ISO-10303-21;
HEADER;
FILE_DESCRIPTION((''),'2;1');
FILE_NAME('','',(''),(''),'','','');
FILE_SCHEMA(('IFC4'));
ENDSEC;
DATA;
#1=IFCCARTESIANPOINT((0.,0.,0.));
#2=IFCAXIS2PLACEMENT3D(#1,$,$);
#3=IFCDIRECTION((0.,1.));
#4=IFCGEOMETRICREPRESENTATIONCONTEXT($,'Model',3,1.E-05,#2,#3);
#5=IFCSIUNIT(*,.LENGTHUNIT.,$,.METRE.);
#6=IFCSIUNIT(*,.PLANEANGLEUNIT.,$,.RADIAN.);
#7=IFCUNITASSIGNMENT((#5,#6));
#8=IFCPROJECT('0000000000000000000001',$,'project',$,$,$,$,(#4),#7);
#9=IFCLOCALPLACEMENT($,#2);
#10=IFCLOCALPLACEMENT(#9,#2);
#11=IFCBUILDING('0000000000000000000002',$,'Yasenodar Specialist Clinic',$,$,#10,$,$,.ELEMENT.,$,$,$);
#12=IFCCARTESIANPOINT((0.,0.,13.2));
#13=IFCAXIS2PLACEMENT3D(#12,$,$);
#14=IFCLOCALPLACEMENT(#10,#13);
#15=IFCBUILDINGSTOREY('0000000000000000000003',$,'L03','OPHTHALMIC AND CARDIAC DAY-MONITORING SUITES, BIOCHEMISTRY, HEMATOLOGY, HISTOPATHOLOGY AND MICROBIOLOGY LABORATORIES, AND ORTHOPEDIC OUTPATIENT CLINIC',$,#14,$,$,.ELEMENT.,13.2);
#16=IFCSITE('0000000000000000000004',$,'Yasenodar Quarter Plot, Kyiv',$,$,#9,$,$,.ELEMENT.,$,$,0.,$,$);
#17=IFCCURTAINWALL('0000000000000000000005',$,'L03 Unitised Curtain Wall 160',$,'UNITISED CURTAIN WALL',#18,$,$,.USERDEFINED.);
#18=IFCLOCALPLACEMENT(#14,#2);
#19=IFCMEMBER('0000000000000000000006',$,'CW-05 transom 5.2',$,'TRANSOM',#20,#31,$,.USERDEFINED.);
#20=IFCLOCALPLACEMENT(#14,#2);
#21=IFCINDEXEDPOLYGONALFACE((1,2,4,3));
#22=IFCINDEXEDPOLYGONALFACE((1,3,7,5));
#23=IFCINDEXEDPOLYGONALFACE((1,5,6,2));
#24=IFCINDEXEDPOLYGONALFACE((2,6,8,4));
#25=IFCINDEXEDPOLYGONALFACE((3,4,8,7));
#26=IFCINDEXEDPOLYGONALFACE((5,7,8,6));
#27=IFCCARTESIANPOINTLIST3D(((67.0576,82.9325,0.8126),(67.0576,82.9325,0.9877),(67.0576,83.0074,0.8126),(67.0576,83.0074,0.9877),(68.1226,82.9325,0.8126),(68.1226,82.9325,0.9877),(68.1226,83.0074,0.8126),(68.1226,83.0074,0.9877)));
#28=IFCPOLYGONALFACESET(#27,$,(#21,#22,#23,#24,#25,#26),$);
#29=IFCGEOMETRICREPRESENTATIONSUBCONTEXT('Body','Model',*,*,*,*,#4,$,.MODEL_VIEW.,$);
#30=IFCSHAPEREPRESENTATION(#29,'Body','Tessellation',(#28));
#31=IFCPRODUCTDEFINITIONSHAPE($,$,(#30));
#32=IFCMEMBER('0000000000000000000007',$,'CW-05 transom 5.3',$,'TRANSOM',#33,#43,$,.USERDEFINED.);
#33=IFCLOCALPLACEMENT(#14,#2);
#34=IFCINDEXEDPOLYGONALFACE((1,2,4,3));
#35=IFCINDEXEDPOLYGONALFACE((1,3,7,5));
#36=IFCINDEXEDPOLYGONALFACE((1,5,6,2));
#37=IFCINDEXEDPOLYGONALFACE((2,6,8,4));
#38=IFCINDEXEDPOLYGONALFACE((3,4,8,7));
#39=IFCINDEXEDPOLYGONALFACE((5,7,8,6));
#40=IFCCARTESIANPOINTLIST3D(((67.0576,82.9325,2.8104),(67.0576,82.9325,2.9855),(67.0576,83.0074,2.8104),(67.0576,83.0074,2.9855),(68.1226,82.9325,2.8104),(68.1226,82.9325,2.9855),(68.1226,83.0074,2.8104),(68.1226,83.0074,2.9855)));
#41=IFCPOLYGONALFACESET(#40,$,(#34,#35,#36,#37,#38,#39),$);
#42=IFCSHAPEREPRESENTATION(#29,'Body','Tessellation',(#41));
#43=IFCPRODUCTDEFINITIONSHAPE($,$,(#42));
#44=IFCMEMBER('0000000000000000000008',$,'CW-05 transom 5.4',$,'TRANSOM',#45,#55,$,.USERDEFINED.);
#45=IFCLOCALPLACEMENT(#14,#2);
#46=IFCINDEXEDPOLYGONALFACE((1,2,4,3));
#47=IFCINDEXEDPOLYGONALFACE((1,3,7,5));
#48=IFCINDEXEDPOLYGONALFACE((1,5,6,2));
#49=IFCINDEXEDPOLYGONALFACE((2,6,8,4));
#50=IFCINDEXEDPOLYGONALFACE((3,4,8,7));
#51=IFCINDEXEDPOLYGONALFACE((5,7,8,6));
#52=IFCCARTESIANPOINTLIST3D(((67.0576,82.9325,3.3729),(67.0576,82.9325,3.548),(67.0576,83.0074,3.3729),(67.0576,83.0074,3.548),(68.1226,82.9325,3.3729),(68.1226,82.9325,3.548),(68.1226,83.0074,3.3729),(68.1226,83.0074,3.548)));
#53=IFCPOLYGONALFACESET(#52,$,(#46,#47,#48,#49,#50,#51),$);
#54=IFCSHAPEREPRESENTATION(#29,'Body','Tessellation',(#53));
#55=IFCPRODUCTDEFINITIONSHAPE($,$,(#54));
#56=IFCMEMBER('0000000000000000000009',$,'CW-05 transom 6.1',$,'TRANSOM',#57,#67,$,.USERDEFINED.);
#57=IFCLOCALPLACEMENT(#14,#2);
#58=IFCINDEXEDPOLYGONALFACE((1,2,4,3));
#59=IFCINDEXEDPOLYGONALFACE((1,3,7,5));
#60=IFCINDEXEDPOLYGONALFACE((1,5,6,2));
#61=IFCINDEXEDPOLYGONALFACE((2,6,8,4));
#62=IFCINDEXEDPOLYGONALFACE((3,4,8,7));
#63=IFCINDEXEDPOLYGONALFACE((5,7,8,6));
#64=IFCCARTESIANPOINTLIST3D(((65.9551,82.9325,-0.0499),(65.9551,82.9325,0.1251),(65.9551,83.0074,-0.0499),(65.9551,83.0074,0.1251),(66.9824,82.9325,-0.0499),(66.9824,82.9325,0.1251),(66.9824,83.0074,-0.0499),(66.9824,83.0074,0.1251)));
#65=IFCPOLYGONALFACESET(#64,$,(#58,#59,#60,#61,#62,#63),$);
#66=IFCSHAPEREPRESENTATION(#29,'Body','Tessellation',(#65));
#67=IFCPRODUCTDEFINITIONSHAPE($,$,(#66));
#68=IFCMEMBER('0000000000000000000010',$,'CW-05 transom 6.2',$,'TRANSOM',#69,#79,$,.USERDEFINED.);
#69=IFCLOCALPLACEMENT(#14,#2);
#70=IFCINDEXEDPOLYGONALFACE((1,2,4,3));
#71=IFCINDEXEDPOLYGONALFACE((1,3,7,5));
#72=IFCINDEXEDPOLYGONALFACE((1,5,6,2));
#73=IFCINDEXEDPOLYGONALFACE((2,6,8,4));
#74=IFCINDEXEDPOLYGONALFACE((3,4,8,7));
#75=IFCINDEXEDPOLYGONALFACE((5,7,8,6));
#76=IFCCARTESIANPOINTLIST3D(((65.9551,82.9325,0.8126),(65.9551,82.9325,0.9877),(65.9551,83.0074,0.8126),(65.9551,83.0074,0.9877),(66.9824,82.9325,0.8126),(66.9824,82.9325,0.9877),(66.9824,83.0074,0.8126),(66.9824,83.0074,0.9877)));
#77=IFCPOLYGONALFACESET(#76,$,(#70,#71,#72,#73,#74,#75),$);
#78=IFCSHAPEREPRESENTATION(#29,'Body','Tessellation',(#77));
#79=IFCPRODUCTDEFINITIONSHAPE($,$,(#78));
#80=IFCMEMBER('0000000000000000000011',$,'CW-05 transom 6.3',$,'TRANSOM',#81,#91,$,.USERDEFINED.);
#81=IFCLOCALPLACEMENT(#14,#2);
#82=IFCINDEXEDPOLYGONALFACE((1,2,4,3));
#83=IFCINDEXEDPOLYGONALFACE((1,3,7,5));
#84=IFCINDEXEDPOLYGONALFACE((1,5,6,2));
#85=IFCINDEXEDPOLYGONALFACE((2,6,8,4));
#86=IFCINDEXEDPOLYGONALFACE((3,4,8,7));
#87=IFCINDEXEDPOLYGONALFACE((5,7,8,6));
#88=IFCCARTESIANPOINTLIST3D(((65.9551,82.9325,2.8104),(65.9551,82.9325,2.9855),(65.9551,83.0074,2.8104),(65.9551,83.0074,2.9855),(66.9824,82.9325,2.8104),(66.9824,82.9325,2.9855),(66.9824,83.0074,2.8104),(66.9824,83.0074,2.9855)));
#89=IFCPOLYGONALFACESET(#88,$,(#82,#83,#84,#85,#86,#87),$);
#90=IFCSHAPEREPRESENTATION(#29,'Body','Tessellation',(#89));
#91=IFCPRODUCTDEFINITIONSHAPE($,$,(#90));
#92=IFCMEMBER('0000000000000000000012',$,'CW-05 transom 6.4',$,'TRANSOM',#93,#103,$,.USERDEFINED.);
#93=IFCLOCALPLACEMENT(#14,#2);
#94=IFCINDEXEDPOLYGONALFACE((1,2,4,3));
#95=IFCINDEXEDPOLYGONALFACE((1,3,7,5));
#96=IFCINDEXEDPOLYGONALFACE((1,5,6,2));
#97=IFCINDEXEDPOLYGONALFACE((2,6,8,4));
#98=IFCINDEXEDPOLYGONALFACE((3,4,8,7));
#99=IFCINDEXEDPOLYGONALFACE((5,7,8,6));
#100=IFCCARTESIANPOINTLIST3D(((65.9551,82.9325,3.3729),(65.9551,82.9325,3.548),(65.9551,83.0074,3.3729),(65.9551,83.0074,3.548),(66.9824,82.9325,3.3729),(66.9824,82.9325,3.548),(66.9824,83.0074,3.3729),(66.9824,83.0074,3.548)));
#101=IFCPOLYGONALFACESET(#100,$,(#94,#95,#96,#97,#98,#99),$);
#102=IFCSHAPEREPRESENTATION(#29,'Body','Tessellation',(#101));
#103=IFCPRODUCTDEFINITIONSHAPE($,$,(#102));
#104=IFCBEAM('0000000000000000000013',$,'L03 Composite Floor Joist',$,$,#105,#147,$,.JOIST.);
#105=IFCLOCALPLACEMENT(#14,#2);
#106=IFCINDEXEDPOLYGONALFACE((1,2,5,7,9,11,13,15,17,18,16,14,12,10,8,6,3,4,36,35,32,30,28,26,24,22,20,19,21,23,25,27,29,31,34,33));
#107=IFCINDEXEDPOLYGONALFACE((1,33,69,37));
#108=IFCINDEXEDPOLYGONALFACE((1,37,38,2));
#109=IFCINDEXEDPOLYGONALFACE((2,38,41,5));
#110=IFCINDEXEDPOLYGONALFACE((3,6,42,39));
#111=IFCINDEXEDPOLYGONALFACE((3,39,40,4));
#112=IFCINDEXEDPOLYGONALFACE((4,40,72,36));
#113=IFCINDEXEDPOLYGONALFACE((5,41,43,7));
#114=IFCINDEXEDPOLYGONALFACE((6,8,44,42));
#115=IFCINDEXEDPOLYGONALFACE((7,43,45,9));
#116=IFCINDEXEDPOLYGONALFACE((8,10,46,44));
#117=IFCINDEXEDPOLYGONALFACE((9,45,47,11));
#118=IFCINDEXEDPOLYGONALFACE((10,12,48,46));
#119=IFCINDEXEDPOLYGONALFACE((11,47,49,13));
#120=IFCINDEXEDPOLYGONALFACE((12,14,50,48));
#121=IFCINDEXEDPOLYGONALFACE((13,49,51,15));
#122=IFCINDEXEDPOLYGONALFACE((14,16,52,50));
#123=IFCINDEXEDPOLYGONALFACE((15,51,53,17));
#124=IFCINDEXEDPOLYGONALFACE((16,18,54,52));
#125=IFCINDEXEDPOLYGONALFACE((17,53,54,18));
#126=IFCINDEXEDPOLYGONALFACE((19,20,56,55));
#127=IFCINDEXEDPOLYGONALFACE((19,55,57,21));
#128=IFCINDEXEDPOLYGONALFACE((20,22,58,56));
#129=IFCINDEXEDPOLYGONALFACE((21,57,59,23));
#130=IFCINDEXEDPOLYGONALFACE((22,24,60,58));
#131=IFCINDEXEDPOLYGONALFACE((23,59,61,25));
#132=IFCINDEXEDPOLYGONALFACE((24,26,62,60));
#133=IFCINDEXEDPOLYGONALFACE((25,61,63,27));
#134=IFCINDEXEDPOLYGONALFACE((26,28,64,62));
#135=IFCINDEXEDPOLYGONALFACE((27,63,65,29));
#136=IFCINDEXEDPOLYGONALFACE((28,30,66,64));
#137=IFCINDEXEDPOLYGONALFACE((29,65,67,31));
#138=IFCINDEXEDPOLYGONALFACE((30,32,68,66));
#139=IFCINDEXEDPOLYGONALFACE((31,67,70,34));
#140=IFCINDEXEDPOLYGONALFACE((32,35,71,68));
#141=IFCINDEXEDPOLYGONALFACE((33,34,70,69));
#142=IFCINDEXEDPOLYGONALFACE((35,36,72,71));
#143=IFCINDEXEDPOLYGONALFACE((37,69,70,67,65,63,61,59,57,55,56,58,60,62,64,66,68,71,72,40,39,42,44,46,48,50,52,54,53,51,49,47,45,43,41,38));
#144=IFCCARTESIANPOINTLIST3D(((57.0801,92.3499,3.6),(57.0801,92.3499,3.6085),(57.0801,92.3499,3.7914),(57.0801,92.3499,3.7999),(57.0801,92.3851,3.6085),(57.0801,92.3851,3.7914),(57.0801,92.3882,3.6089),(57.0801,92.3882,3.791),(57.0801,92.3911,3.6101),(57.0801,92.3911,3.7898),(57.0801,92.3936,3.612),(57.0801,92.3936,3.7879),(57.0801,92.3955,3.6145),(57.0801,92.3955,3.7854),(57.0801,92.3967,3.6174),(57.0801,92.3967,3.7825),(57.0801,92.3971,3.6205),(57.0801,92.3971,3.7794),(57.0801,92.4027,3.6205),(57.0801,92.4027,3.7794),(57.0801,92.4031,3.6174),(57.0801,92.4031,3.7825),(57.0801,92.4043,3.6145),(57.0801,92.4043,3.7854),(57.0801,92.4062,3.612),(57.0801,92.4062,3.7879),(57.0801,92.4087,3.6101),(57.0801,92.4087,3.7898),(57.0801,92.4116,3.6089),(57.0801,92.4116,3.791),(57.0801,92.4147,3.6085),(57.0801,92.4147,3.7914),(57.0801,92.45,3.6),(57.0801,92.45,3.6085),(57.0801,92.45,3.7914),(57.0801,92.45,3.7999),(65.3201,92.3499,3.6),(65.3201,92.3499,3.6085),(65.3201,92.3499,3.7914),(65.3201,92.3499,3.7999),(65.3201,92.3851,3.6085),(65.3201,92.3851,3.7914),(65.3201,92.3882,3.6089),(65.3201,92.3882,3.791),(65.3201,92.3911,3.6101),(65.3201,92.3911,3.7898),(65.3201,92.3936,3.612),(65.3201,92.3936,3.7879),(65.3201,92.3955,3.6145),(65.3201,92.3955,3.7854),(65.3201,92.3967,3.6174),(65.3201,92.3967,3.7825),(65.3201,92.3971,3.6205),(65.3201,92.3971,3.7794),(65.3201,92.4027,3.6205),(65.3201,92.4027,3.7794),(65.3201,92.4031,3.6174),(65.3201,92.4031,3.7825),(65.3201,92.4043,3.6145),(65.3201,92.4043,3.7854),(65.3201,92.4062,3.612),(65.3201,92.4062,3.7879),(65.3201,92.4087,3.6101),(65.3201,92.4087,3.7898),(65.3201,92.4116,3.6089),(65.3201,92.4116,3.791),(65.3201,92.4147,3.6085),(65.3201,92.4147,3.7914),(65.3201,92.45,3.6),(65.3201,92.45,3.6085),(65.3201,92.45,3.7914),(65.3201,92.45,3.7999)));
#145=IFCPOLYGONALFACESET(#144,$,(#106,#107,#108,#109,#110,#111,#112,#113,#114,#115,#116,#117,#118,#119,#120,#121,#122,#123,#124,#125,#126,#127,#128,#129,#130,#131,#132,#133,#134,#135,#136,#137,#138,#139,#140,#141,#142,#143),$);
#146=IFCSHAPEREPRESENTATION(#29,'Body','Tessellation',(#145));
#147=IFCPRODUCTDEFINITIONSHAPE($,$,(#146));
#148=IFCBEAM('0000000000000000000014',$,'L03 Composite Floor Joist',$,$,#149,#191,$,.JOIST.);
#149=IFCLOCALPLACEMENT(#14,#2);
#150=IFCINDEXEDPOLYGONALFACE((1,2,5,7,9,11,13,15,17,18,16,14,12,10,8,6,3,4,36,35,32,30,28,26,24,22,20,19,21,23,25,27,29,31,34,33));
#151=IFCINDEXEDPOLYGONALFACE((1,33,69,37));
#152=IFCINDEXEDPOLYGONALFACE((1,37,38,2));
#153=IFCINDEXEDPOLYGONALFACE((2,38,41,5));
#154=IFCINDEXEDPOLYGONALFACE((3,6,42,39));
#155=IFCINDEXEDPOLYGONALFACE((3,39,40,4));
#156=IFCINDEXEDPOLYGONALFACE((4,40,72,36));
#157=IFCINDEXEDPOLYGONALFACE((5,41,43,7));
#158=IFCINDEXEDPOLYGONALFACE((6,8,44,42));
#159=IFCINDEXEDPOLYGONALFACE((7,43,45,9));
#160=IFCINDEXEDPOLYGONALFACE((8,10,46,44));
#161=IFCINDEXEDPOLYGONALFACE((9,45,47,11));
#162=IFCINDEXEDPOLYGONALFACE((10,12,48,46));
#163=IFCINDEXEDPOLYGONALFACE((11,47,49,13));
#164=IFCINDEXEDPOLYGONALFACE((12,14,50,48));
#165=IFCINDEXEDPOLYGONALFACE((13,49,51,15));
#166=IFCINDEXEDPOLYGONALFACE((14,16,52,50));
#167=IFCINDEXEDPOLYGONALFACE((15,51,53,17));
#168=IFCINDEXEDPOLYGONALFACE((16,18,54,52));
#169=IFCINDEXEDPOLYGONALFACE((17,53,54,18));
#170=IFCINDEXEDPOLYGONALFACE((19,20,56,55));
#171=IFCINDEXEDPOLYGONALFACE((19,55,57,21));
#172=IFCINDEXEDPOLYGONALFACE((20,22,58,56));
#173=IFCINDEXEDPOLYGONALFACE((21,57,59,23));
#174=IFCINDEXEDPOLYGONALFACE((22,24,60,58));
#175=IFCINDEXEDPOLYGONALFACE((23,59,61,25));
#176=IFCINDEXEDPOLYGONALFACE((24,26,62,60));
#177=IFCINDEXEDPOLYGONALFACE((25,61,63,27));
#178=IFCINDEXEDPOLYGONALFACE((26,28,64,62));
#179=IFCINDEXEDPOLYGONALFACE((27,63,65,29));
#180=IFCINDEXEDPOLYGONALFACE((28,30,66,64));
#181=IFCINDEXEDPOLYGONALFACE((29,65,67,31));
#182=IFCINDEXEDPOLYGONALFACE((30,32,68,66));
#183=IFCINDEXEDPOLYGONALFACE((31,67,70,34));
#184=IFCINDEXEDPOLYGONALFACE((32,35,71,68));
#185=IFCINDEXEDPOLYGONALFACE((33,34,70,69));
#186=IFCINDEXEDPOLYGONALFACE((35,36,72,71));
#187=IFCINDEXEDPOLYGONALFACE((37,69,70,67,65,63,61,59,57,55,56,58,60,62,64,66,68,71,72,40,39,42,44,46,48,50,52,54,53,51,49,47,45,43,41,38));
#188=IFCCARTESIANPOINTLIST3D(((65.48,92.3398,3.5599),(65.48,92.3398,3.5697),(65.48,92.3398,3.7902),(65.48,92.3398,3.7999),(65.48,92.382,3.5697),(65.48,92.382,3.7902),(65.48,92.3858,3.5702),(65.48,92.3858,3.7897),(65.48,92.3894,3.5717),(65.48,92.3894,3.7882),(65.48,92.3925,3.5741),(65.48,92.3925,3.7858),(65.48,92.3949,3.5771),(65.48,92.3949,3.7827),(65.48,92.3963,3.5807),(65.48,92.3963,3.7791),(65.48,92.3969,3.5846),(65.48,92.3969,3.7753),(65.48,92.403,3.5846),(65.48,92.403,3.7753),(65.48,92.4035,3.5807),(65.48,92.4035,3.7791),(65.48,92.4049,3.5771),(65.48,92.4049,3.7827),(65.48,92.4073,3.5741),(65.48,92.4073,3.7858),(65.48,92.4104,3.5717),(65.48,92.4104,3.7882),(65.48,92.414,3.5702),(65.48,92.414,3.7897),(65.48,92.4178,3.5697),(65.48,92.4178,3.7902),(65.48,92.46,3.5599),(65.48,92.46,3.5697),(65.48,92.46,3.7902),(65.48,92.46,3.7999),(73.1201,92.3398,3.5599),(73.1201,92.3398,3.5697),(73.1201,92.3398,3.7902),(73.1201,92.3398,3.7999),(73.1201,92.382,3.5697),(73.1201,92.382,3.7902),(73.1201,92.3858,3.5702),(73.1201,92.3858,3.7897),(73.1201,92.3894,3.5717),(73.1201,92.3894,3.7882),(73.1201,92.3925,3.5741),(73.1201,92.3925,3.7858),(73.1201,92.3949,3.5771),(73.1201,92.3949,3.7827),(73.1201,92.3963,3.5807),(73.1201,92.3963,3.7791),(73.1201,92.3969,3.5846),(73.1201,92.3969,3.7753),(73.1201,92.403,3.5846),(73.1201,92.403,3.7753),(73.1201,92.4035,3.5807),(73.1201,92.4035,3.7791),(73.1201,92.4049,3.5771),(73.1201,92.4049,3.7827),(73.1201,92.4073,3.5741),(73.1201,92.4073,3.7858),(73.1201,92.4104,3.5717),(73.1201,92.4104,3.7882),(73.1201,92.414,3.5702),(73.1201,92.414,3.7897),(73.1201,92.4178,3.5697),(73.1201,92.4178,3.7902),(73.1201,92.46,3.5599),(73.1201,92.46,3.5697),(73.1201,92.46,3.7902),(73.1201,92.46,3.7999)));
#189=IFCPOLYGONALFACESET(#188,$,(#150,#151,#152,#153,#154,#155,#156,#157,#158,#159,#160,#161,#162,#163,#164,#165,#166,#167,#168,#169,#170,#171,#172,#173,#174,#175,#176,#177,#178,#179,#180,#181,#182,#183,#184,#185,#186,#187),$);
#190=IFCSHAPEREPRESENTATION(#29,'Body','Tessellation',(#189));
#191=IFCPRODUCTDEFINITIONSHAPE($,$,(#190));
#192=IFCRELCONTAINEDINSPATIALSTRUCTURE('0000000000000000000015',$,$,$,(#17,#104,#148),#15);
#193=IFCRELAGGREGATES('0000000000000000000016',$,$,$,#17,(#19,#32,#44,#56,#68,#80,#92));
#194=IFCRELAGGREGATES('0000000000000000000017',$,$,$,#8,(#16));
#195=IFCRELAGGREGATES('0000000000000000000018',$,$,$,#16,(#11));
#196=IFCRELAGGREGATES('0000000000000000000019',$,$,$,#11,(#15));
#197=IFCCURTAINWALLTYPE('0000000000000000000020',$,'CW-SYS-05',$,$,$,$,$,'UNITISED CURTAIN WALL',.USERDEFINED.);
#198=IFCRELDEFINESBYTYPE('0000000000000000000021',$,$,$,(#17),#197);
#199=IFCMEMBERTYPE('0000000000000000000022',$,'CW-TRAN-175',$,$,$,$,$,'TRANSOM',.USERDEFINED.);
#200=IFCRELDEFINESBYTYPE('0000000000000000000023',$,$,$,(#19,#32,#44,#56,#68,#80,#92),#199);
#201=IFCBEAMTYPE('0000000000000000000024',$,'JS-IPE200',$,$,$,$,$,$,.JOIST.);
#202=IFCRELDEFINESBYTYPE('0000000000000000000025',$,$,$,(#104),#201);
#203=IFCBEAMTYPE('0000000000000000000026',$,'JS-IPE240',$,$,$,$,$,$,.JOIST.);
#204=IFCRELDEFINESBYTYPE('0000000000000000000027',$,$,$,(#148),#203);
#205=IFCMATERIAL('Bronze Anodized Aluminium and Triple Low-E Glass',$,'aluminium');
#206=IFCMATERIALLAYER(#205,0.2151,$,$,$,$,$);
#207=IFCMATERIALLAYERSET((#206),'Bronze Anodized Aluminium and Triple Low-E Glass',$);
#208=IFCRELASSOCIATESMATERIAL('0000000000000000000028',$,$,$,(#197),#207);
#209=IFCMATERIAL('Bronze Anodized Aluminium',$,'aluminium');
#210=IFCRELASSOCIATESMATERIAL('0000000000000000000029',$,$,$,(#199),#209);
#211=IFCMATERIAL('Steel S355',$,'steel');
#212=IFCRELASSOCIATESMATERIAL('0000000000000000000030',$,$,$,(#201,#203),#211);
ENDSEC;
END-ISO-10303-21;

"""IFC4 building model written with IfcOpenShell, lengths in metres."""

from ifc_helpers import new_model, si_unit, direction, frame, origin, origin_2d, place, context, subcontext, project, spatial, rectangle, i_section, extrude, material, layer, layer_set, material_profile, profile_set, type_object, element, aggregate, save


model = new_model("IFC4")

# Units and contexts
model_context = context("Model", 3, precision=1e-05, world=origin(), true_north=direction((0.0, 1.0)))
body_context = subcontext(model_context, "Body", "Model", "MODEL_VIEW")
ifc_project = project(units=[si_unit("LENGTHUNIT", "METRE"), si_unit("PLANEANGLEUNIT", "RADIAN")], contexts=[model_context])

# Site, building, storey
site_placement = place(None, origin())
site = spatial("IfcSite", under=ifc_project, at=site_placement, Name="Yasenodar Quarter Plot, Kyiv", CompositionType="ELEMENT", RefElevation=0.0)
building_placement = place(site_placement, origin())
building = spatial("IfcBuilding", under=site, at=building_placement, Name="Yasenodar Specialist Clinic", CompositionType="ELEMENT")
storey_placement = place(building_placement, frame((0.0, 0.0, 13.2)))
storey = spatial("IfcBuildingStorey", under=building, at=storey_placement, Name="L03", Description="OPHTHALMIC AND CARDIAC DAY-MONITORING SUITES, BIOCHEMISTRY, HEMATOLOGY, HISTOPATHOLOGY AND MICROBIOLOGY LABORATORIES, AND ORTHOPEDIC OUTPATIENT CLINIC", CompositionType="ELEMENT", Elevation=13.2)

# Shared definitions
ifc_material_1 = material(Name="Steel S355", Category="steel")

# Shared definitions
ifc_material_2 = material(Name="Bronze Anodized Aluminium and Triple Low-E Glass", Category="aluminium")
ifc_layer_1 = layer(ifc_material_2, 0.2151)
ifc_layer_set_1 = layer_set([ifc_layer_1], Name="Bronze Anodized Aluminium and Triple Low-E Glass")
curtain_wall_type = type_object("IfcCurtainWallType", Name="CW-SYS-05", ElementType="UNITISED CURTAIN WALL", PredefinedType="USERDEFINED", material=ifc_layer_set_1)
ifc_material_3 = material(Name="Bronze Anodized Aluminium", Category="aluminium")

# Curtain wall
curtain_wall_1_placement = place(storey_placement, origin())
curtain_wall_1 = element("IfcCurtainWall", 1, at=curtain_wall_1_placement, inside=storey, type_object=curtain_wall_type, Name="L03 Unitised Curtain Wall 160", ObjectType="UNITISED CURTAIN WALL", PredefinedType="USERDEFINED")

# Members
ifc_material_profile_1 = material_profile(ifc_material_3, rectangle(XDim=0.075, YDim=0.175, at=origin_2d()), Name="CW-TRAN 75x175")
ifc_profile_set_1 = profile_set([ifc_material_profile_1], Name="Bronze Anodized Aluminium")
member_type_1 = type_object("IfcMemberType", Name="CW-TRAN-175", ElementType="TRANSOM", PredefinedType="USERDEFINED", material=ifc_profile_set_1)
member_1_placement = place(storey_placement, frame((68.1226, 82.97, 0.9001), z_axis=(-1.0, 0.0, 0.0), x_axis=(0.0, -1.0, 0.0)))
member_1 = element("IfcMember", 2, at=member_1_placement, type_object=member_type_1, Name="CW-05 transom 5.2", ObjectType="TRANSOM", PredefinedType="USERDEFINED", context=body_context, shape_type="SweptSolid", body=[
    extrude(rectangle(XDim=0.075, YDim=0.175, at=origin_2d()), origin(), (0.0, 0.0, 1.0), 1.0649),
])
member_2_placement = place(storey_placement, frame((68.1226, 82.97, 2.8979), z_axis=(-1.0, 0.0, 0.0), x_axis=(0.0, -1.0, 0.0)))
member_2 = element("IfcMember", 3, at=member_2_placement, type_object=member_type_1, Name="CW-05 transom 5.3", ObjectType="TRANSOM", PredefinedType="USERDEFINED", context=body_context, shape_type="SweptSolid", body=[
    extrude(rectangle(XDim=0.075, YDim=0.175, at=origin_2d()), origin(), (0.0, 0.0, 1.0), 1.0649),
])
member_3_placement = place(storey_placement, frame((68.1226, 82.97, 3.4604), z_axis=(-1.0, 0.0, 0.0), x_axis=(0.0, -1.0, 0.0)))
member_3 = element("IfcMember", 4, at=member_3_placement, type_object=member_type_1, Name="CW-05 transom 5.4", ObjectType="TRANSOM", PredefinedType="USERDEFINED", context=body_context, shape_type="SweptSolid", body=[
    extrude(rectangle(XDim=0.075, YDim=0.175, at=origin_2d()), origin(), (0.0, 0.0, 1.0), 1.0649),
])
member_4_placement = place(storey_placement, frame((66.9824, 82.97, 0.0376), z_axis=(-1.0, 0.0, 0.0), x_axis=(0.0, -1.0, 0.0)))
member_4 = element("IfcMember", 5, at=member_4_placement, type_object=member_type_1, Name="CW-05 transom 6.1", ObjectType="TRANSOM", PredefinedType="USERDEFINED", context=body_context, shape_type="SweptSolid", body=[
    extrude(rectangle(XDim=0.075, YDim=0.175, at=origin_2d()), origin(), (0.0, 0.0, 1.0), 1.0273),
])
member_5_placement = place(storey_placement, frame((66.9824, 82.97, 0.9001), z_axis=(-1.0, 0.0, 0.0), x_axis=(0.0, -1.0, 0.0)))
member_5 = element("IfcMember", 6, at=member_5_placement, type_object=member_type_1, Name="CW-05 transom 6.2", ObjectType="TRANSOM", PredefinedType="USERDEFINED", context=body_context, shape_type="SweptSolid", body=[
    extrude(rectangle(XDim=0.075, YDim=0.175, at=origin_2d()), origin(), (0.0, 0.0, 1.0), 1.0273),
])
member_6_placement = place(storey_placement, frame((66.9824, 82.97, 2.8979), z_axis=(-1.0, 0.0, 0.0), x_axis=(0.0, -1.0, 0.0)))
member_6 = element("IfcMember", 7, at=member_6_placement, type_object=member_type_1, Name="CW-05 transom 6.3", ObjectType="TRANSOM", PredefinedType="USERDEFINED", context=body_context, shape_type="SweptSolid", body=[
    extrude(rectangle(XDim=0.075, YDim=0.175, at=origin_2d()), origin(), (0.0, 0.0, 1.0), 1.0273),
])
member_7_placement = place(storey_placement, frame((66.9824, 82.97, 3.4604), z_axis=(-1.0, 0.0, 0.0), x_axis=(0.0, -1.0, 0.0)))
member_7 = element("IfcMember", 8, at=member_7_placement, type_object=member_type_1, Name="CW-05 transom 6.4", ObjectType="TRANSOM", PredefinedType="USERDEFINED", context=body_context, shape_type="SweptSolid", body=[
    extrude(rectangle(XDim=0.075, YDim=0.175, at=origin_2d()), origin(), (0.0, 0.0, 1.0), 1.0273),
])

# Beams
ifc_material_profile_2 = material_profile(ifc_material_1, i_section(OverallWidth=0.1001, OverallDepth=0.2, WebThickness=0.0056, FlangeThickness=0.0085, FilletRadius=0.012, at=origin_2d()), Name="IPE 200")
ifc_profile_set_2 = profile_set([ifc_material_profile_2], Name="Steel S355")
beam_type_1 = type_object("IfcBeamType", Name="JS-IPE200", PredefinedType="JOIST", material=ifc_profile_set_2)
beam_1_placement = place(storey_placement, frame((57.0801, 92.3999, 3.7), z_axis=(1.0, 0.0, 0.0), x_axis=(0.0, 1.0, 0.0)))
element("IfcBeam", 9, at=beam_1_placement, inside=storey, type_object=beam_type_1, Name="L03 Composite Floor Joist", PredefinedType="JOIST", context=body_context, shape_type="SweptSolid", body=[
    extrude(i_section(OverallWidth=0.1001, OverallDepth=0.2, WebThickness=0.0056, FlangeThickness=0.0085, FilletRadius=0.012, at=origin_2d()), origin(), (0.0, 0.0, 1.0), 8.24),
])
ifc_material_profile_3 = material_profile(ifc_material_1, i_section(OverallWidth=0.1201, OverallDepth=0.24, WebThickness=0.0061, FlangeThickness=0.0098, FilletRadius=0.0149, at=origin_2d()), Name="IPE 240")
ifc_profile_set_3 = profile_set([ifc_material_profile_3], Name="Steel S355")
beam_type_2 = type_object("IfcBeamType", Name="JS-IPE240", PredefinedType="JOIST", material=ifc_profile_set_3)
beam_2_placement = place(storey_placement, frame((65.48, 92.3999, 3.6799), z_axis=(1.0, 0.0, 0.0), x_axis=(0.0, 1.0, 0.0)))
element("IfcBeam", 10, at=beam_2_placement, inside=storey, type_object=beam_type_2, Name="L03 Composite Floor Joist", PredefinedType="JOIST", context=body_context, shape_type="SweptSolid", body=[
    extrude(i_section(OverallWidth=0.1201, OverallDepth=0.24, WebThickness=0.0061, FlangeThickness=0.0098, FilletRadius=0.0149, at=origin_2d()), origin(), (0.0, 0.0, 1.0), 7.6401),
])

aggregate(curtain_wall_1, [member_1, member_2, member_3, member_4, member_5, member_6, member_7])

save(model, "model.ifc")
